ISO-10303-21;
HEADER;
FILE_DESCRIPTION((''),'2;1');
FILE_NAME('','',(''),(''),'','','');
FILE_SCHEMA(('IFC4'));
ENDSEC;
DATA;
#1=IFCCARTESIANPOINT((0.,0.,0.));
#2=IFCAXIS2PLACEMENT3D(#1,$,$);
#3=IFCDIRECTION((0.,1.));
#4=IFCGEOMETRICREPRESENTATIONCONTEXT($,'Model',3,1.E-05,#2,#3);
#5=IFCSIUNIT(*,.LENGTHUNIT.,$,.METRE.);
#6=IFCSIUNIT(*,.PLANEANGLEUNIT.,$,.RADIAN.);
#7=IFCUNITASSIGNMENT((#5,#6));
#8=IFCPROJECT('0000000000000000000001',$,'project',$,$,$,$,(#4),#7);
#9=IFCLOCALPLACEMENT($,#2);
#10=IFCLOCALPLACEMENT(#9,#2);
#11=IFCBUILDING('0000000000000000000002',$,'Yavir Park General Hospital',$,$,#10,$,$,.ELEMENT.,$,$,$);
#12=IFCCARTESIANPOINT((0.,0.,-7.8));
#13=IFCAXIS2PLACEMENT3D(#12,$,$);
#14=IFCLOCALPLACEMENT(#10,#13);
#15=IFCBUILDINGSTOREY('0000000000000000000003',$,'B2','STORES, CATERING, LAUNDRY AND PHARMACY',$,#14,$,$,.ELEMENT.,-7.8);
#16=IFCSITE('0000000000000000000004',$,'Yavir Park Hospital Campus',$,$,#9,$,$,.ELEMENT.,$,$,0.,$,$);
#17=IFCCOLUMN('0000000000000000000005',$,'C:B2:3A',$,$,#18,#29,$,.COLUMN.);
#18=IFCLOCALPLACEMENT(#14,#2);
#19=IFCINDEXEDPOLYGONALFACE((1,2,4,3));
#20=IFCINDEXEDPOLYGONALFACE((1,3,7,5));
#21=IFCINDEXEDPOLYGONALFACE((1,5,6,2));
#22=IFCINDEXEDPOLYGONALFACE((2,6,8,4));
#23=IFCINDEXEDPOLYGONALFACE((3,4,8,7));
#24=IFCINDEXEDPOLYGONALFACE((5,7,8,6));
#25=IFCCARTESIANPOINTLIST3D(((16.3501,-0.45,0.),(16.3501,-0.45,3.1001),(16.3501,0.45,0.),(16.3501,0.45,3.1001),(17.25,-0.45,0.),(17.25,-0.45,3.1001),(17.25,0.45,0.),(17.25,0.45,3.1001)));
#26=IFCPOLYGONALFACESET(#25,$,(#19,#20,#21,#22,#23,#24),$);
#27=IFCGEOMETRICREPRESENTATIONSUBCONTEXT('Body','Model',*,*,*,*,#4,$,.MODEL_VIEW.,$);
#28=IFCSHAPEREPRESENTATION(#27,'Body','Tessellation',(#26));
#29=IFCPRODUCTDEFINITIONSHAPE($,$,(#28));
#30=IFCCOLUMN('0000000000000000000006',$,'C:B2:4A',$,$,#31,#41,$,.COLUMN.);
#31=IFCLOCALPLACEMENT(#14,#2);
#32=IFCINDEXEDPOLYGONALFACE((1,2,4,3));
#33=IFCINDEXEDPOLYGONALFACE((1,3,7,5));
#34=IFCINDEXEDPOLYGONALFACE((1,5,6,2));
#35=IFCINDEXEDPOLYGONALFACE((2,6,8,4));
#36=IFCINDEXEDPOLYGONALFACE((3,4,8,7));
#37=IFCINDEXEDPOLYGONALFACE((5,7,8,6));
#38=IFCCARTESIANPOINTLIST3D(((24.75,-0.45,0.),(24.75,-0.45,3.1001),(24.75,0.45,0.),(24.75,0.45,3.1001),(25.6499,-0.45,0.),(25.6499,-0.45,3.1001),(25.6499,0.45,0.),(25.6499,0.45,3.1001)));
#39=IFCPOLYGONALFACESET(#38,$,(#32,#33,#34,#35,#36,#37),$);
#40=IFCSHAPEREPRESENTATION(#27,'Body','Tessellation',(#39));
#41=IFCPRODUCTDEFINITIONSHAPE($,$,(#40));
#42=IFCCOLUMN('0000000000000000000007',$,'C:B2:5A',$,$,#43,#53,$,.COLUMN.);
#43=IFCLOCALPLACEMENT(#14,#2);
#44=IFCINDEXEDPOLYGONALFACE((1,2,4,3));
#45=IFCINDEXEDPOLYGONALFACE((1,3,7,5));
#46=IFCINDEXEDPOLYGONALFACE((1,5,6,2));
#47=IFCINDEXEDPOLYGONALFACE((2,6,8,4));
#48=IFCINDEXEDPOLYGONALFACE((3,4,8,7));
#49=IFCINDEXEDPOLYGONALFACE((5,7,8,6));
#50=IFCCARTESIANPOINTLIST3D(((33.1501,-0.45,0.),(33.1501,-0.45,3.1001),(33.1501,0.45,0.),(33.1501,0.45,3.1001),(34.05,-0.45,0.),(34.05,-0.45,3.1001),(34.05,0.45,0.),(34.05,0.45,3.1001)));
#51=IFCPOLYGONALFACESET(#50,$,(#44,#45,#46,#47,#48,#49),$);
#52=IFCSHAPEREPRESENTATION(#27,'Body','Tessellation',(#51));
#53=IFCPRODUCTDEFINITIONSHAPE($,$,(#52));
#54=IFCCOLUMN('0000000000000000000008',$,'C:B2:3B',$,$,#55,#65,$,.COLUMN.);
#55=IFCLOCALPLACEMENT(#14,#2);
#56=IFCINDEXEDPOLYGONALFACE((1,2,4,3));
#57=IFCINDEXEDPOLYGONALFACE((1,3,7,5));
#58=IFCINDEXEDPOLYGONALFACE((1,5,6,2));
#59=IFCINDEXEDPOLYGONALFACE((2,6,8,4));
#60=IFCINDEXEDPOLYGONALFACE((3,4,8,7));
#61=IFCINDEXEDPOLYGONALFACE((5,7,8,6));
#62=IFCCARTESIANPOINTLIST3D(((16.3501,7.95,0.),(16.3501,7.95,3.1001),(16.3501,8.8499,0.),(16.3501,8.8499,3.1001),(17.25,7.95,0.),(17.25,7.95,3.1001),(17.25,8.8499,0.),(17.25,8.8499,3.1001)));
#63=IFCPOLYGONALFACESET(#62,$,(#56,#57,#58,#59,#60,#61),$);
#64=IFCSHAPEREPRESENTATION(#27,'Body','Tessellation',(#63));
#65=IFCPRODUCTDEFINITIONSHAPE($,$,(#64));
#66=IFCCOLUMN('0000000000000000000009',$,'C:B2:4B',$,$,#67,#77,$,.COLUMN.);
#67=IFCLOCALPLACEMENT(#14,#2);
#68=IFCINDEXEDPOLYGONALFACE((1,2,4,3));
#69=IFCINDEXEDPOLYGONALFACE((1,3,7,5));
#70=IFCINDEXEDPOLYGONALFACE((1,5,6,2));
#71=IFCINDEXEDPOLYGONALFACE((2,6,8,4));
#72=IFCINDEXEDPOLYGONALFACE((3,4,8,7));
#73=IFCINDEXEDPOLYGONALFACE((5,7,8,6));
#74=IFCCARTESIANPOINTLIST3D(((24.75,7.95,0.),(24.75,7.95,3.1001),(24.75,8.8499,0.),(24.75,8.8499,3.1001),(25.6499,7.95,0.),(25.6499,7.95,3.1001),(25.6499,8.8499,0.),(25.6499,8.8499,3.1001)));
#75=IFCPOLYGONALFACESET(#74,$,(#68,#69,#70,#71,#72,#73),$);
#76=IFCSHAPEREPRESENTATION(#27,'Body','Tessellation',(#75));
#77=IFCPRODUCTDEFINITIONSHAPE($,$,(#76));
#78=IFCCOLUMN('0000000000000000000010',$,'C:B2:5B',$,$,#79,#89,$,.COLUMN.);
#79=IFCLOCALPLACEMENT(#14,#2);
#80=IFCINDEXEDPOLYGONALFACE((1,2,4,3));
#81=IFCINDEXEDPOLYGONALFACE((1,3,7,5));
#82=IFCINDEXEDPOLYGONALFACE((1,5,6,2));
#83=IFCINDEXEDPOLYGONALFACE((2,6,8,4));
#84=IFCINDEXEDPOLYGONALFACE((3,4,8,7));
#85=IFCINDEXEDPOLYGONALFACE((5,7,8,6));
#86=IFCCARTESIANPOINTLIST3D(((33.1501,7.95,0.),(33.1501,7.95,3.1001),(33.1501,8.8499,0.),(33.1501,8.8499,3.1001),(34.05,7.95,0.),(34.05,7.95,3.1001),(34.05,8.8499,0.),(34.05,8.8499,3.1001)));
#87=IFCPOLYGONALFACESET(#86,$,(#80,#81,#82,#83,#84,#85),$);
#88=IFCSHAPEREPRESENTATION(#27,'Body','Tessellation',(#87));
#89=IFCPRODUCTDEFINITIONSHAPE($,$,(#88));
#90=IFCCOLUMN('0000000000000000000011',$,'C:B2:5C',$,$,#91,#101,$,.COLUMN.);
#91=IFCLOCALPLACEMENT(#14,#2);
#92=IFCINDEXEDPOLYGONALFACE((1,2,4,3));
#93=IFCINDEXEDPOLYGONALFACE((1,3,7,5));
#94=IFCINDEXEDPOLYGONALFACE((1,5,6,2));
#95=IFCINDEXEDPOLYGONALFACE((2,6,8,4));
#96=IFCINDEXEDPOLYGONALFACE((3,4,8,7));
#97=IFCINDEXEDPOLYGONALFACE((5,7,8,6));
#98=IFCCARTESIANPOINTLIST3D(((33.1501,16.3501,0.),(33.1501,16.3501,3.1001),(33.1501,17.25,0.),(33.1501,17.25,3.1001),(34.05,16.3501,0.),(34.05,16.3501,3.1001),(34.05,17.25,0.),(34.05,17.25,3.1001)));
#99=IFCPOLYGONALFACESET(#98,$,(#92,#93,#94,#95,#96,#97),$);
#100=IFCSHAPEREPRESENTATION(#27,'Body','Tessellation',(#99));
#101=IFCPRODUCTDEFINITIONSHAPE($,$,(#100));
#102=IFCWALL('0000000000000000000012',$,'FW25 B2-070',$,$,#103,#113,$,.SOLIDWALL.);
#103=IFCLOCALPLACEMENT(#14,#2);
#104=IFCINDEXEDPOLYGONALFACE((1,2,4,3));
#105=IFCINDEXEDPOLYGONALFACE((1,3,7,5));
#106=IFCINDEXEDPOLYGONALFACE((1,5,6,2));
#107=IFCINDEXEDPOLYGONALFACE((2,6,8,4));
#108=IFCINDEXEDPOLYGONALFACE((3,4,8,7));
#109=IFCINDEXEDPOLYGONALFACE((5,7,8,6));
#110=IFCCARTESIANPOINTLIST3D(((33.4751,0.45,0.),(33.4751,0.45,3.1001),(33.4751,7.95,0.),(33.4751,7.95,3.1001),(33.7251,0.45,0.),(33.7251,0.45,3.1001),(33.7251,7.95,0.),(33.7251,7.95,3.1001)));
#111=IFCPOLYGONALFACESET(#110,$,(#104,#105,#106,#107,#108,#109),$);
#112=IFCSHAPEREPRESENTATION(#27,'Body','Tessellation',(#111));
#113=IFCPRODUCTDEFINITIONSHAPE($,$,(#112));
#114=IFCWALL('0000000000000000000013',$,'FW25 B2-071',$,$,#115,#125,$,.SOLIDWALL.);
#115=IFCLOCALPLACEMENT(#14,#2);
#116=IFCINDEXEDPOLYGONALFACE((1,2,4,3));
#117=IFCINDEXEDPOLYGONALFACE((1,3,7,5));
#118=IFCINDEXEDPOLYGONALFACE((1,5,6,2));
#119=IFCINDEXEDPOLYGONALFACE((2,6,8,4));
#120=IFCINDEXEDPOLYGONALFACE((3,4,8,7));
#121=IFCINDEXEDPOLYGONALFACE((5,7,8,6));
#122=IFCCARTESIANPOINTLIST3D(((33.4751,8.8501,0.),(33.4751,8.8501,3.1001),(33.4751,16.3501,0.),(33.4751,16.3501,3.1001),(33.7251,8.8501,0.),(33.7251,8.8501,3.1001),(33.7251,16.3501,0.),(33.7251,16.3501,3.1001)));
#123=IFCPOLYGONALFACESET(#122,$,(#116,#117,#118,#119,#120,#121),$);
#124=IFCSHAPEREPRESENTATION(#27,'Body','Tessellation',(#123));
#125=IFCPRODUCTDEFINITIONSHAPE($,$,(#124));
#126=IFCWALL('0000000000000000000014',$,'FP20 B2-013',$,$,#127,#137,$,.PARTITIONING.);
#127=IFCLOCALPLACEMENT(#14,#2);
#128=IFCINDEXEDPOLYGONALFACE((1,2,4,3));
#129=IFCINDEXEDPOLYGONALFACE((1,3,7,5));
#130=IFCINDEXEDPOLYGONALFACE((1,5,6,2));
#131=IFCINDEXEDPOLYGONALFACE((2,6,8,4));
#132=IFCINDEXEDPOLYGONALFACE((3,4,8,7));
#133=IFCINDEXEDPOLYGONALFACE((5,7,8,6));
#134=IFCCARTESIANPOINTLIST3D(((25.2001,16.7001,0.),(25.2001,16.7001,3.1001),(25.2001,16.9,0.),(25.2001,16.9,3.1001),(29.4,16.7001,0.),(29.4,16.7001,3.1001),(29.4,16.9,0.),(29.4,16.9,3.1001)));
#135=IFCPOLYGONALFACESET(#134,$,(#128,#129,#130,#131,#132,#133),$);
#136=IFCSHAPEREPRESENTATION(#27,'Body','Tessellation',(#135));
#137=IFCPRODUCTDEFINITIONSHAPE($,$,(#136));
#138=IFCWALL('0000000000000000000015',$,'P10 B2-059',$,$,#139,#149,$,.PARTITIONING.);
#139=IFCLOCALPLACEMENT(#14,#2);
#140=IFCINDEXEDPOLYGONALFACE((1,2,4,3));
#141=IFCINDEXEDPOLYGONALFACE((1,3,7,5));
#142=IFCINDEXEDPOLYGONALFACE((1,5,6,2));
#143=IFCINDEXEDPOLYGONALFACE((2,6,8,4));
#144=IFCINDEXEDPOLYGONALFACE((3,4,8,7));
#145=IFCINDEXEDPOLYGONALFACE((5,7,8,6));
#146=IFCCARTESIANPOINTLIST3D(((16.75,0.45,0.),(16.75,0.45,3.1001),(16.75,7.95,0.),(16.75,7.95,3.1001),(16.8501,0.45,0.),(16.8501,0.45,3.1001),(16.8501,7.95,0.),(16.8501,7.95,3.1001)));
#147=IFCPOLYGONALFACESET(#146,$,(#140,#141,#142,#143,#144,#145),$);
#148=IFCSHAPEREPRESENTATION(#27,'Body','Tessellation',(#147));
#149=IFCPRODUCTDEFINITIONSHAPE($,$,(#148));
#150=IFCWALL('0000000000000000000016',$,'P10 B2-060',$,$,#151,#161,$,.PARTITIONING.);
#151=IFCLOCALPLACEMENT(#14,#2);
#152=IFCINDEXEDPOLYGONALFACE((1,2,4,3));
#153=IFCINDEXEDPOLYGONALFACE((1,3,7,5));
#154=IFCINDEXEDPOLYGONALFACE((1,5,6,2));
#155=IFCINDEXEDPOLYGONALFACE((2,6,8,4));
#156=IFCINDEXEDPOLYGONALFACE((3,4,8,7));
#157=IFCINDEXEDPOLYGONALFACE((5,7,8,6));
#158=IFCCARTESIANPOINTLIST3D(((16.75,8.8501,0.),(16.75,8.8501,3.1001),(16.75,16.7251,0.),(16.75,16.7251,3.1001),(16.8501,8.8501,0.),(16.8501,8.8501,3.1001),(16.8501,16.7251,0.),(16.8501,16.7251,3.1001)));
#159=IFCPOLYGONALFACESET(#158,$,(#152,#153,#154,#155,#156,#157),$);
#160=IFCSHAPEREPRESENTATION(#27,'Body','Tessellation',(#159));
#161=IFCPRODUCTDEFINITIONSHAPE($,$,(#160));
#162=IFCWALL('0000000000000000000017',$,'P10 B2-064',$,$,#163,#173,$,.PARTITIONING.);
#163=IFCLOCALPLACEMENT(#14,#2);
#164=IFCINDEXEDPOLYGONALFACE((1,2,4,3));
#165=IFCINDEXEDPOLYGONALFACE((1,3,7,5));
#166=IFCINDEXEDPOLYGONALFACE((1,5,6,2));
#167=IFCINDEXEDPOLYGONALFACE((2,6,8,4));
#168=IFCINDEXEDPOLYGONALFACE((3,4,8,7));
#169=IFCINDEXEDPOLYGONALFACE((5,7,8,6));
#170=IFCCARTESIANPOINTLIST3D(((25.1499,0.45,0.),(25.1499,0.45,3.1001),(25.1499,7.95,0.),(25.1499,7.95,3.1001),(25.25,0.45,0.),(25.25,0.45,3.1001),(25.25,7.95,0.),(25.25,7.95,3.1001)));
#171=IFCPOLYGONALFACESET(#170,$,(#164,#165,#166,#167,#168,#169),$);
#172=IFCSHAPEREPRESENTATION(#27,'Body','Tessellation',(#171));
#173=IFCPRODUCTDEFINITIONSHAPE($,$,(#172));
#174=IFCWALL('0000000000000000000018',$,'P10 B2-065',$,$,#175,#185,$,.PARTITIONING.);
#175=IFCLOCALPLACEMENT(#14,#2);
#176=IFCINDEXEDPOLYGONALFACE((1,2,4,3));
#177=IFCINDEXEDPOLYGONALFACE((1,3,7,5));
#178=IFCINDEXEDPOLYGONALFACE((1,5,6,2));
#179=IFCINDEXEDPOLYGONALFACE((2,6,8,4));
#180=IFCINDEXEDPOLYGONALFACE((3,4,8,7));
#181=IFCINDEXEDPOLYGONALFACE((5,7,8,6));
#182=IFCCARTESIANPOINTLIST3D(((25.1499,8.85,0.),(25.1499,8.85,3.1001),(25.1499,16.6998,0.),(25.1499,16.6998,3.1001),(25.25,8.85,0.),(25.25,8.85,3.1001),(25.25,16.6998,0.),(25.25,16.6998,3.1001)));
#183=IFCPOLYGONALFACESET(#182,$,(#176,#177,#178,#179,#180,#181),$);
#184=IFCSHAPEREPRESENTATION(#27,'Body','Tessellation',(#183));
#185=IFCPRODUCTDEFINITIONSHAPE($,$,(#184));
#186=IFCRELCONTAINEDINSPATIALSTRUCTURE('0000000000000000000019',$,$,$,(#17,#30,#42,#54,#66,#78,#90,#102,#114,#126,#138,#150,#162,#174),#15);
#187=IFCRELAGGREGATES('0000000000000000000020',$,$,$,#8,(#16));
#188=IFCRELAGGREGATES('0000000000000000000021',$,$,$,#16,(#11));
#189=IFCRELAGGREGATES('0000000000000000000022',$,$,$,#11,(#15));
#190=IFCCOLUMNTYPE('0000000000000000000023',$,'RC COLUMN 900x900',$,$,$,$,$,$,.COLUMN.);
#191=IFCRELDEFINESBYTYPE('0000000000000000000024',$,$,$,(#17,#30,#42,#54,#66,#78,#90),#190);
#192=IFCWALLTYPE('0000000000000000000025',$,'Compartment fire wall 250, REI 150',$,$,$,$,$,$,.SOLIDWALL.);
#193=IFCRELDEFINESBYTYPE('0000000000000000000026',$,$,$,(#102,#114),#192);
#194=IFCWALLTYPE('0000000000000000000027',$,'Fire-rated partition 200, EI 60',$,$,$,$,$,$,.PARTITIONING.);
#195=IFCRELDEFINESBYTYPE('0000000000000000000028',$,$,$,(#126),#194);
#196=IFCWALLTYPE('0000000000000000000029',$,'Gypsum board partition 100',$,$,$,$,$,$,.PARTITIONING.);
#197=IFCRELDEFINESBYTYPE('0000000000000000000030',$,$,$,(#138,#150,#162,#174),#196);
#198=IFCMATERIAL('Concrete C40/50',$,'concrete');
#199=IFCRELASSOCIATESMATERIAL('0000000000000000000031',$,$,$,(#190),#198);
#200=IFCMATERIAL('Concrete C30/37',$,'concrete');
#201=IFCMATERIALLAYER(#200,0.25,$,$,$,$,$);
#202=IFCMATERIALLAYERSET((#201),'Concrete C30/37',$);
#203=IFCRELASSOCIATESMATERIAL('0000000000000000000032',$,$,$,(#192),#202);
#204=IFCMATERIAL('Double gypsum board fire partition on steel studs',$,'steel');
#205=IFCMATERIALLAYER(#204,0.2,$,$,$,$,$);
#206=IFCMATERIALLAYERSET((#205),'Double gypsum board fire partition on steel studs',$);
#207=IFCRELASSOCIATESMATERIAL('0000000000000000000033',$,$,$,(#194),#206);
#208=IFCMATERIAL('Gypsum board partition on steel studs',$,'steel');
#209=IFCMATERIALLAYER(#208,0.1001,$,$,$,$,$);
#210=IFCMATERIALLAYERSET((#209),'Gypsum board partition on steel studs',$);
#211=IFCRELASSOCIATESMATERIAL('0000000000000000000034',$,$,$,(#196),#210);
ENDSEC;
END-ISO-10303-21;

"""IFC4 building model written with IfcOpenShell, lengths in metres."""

from ifc_helpers import new_model, si_unit, direction, frame, frame_2d, origin, origin_2d, place, context, subcontext, project, spatial, rectangle, extrude, material, layer, layer_set, material_profile, profile_set, type_object, element, save


model = new_model("IFC4")

# Units and contexts
model_context = context("Model", 3, precision=1e-05, world=origin(), true_north=direction((0.0, 1.0)))
body_context = subcontext(model_context, "Body", "Model", "MODEL_VIEW")
ifc_project = project(units=[si_unit("LENGTHUNIT", "METRE"), si_unit("PLANEANGLEUNIT", "RADIAN")], contexts=[model_context])

# Site, building, storey
site_placement = place(None, origin())
site = spatial("IfcSite", under=ifc_project, at=site_placement, Name="Yavir Park Hospital Campus", CompositionType="ELEMENT", RefElevation=0.0)
building_placement = place(site_placement, origin())
building = spatial("IfcBuilding", under=site, at=building_placement, Name="Yavir Park General Hospital", CompositionType="ELEMENT")
storey_placement = place(building_placement, frame((0.0, 0.0, -7.8)))
storey = spatial("IfcBuildingStorey", under=building, at=storey_placement, Name="B2", Description="STORES, CATERING, LAUNDRY AND PHARMACY", CompositionType="ELEMENT", Elevation=-7.8)

# Columns
ifc_material_1 = material(Name="Concrete C40/50", Category="concrete")
ifc_material_profile = material_profile(ifc_material_1, rectangle(XDim=0.8999, YDim=0.8999, at=origin_2d()), Name="RC900x900")
ifc_profile_set = profile_set([ifc_material_profile], Name="Concrete C40/50")
column_type = type_object("IfcColumnType", Name="RC COLUMN 900x900", PredefinedType="COLUMN", material=ifc_profile_set)
for number, where, z_axis, x_axis, name in (
    (1, (16.8, 0.0, 0.0), (0.0, 0.0, 1.0), (1.0, 0.0, 0.0), "C:B2:3A"),
    (2, (25.2, 0.0, 0.0), (0.0, 0.0, 1.0), (1.0, 0.0, 0.0), "C:B2:4A"),
    (3, (33.6001, 0.0, 0.0), (0.0, 0.0, 1.0), (1.0, 0.0, 0.0), "C:B2:5A"),
    (4, (16.8, 8.3999, 0.0), (0.0, 0.0, 1.0), (1.0, 0.0, 0.0), "C:B2:3B"),
    (5, (25.2, 8.3999, 0.0), (0.0, 0.0, 1.0), (1.0, 0.0, 0.0), "C:B2:4B"),
    (6, (33.6001, 8.3999, 0.0), (0.0, 0.0, 1.0), (1.0, 0.0, 0.0), "C:B2:5B"),
    (7, (33.6001, 16.8, 0.0), (0.0, 0.0, 1.0), (1.0, 0.0, 0.0), "C:B2:5C"),
):
    element("IfcColumn", number, at=place(storey_placement, frame(where, z_axis=z_axis, x_axis=x_axis)), inside=storey, type_object=column_type, Name=name, PredefinedType="COLUMN", context=body_context, shape_type="SweptSolid", body=[
        extrude(rectangle(XDim=0.8999, YDim=0.8999, at=origin_2d()), origin(), (0.0, 0.0, 1.0), 3.1001),
    ])

# Walls
ifc_material_2 = material(Name="Concrete C30/37", Category="concrete")
ifc_layer_1 = layer(ifc_material_2, 0.25)
ifc_layer_set_1 = layer_set([ifc_layer_1], Name="Concrete C30/37")
wall_type_1 = type_object("IfcWallType", Name="Compartment fire wall 250, REI 150", PredefinedType="SOLIDWALL", material=ifc_layer_set_1)
for number, where, z_axis, x_axis, name in (
    (8, (33.6001, 0.45, 0.0), (0.0, 0.0, 1.0), (0.0, 1.0, 0.0), "FW25 B2-070"),
    (9, (33.6001, 8.8501, 0.0), (0.0, 0.0, 1.0), (0.0, 1.0, 0.0), "FW25 B2-071"),
):
    element("IfcWall", number, at=place(storey_placement, frame(where, z_axis=z_axis, x_axis=x_axis)), inside=storey, type_object=wall_type_1, Name=name, PredefinedType="SOLIDWALL", context=body_context, shape_type="SweptSolid", body=[
        extrude(rectangle(XDim=7.5, YDim=0.25, at=frame_2d((3.75, 0.0))), origin(), (0.0, 0.0, 1.0), 3.1001),
    ])
ifc_material_3 = material(Name="Double gypsum board fire partition on steel studs", Category="steel")
ifc_layer_2 = layer(ifc_material_3, 0.2)
ifc_layer_set_2 = layer_set([ifc_layer_2], Name="Double gypsum board fire partition on steel studs")
wall_type_2 = type_object("IfcWallType", Name="Fire-rated partition 200, EI 60", PredefinedType="PARTITIONING", material=ifc_layer_set_2)
wall_1_placement = place(storey_placement, frame((25.2, 16.8, 0.0), z_axis=(0.0, 0.0, 1.0), x_axis=(1.0, 0.0, 0.0)))
element("IfcWall", 10, at=wall_1_placement, inside=storey, type_object=wall_type_2, Name="FP20 B2-013", PredefinedType="PARTITIONING", context=body_context, shape_type="SweptSolid", body=[
    extrude(rectangle(XDim=4.2, YDim=0.2, at=frame_2d((2.1001, 0.0))), origin(), (0.0, 0.0, 1.0), 3.1001),
])

# Walls
ifc_material_4 = material(Name="Gypsum board partition on steel studs", Category="steel")
ifc_layer_3 = layer(ifc_material_4, 0.1001)
ifc_layer_set_3 = layer_set([ifc_layer_3], Name="Gypsum board partition on steel studs")
wall_type_3 = type_object("IfcWallType", Name="Gypsum board partition 100", PredefinedType="PARTITIONING", material=ifc_layer_set_3)
wall_2_placement = place(storey_placement, frame((16.8, 0.45, 0.0), z_axis=(0.0, 0.0, 1.0), x_axis=(0.0, 1.0, 0.0)))
element("IfcWall", 11, at=wall_2_placement, inside=storey, type_object=wall_type_3, Name="P10 B2-059", PredefinedType="PARTITIONING", context=body_context, shape_type="SweptSolid", body=[
    extrude(rectangle(XDim=7.5, YDim=0.1001, at=frame_2d((3.75, 0.0))), origin(), (0.0, 0.0, 1.0), 3.1001),
])
wall_3_placement = place(storey_placement, frame((16.8, 8.8501, 0.0), z_axis=(0.0, 0.0, 1.0), x_axis=(0.0, 1.0, 0.0)))
element("IfcWall", 12, at=wall_3_placement, inside=storey, type_object=wall_type_3, Name="P10 B2-060", PredefinedType="PARTITIONING", context=body_context, shape_type="SweptSolid", body=[
    extrude(rectangle(XDim=7.875, YDim=0.1001, at=frame_2d((3.9375, 0.0))), origin(), (0.0, 0.0, 1.0), 3.1001),
])
wall_4_placement = place(storey_placement, frame((25.2, 0.45, 0.0), z_axis=(0.0, 0.0, 1.0), x_axis=(0.0, 1.0, 0.0)))
element("IfcWall", 13, at=wall_4_placement, inside=storey, type_object=wall_type_3, Name="P10 B2-064", PredefinedType="PARTITIONING", context=body_context, shape_type="SweptSolid", body=[
    extrude(rectangle(XDim=7.5, YDim=0.1001, at=frame_2d((3.75, 0.0))), origin(), (0.0, 0.0, 1.0), 3.1001),
])
wall_5_placement = place(storey_placement, frame((25.2, 8.8501, 0.0), z_axis=(0.0, 0.0, 1.0), x_axis=(0.0, 1.0, 0.0)))
element("IfcWall", 14, at=wall_5_placement, inside=storey, type_object=wall_type_3, Name="P10 B2-065", PredefinedType="PARTITIONING", context=body_context, shape_type="SweptSolid", body=[
    extrude(rectangle(XDim=7.8499, YDim=0.1001, at=frame_2d((3.9248, 0.0))), origin(), (0.0, 0.0, 1.0), 3.1001),
])

save(model, "model.ifc")
